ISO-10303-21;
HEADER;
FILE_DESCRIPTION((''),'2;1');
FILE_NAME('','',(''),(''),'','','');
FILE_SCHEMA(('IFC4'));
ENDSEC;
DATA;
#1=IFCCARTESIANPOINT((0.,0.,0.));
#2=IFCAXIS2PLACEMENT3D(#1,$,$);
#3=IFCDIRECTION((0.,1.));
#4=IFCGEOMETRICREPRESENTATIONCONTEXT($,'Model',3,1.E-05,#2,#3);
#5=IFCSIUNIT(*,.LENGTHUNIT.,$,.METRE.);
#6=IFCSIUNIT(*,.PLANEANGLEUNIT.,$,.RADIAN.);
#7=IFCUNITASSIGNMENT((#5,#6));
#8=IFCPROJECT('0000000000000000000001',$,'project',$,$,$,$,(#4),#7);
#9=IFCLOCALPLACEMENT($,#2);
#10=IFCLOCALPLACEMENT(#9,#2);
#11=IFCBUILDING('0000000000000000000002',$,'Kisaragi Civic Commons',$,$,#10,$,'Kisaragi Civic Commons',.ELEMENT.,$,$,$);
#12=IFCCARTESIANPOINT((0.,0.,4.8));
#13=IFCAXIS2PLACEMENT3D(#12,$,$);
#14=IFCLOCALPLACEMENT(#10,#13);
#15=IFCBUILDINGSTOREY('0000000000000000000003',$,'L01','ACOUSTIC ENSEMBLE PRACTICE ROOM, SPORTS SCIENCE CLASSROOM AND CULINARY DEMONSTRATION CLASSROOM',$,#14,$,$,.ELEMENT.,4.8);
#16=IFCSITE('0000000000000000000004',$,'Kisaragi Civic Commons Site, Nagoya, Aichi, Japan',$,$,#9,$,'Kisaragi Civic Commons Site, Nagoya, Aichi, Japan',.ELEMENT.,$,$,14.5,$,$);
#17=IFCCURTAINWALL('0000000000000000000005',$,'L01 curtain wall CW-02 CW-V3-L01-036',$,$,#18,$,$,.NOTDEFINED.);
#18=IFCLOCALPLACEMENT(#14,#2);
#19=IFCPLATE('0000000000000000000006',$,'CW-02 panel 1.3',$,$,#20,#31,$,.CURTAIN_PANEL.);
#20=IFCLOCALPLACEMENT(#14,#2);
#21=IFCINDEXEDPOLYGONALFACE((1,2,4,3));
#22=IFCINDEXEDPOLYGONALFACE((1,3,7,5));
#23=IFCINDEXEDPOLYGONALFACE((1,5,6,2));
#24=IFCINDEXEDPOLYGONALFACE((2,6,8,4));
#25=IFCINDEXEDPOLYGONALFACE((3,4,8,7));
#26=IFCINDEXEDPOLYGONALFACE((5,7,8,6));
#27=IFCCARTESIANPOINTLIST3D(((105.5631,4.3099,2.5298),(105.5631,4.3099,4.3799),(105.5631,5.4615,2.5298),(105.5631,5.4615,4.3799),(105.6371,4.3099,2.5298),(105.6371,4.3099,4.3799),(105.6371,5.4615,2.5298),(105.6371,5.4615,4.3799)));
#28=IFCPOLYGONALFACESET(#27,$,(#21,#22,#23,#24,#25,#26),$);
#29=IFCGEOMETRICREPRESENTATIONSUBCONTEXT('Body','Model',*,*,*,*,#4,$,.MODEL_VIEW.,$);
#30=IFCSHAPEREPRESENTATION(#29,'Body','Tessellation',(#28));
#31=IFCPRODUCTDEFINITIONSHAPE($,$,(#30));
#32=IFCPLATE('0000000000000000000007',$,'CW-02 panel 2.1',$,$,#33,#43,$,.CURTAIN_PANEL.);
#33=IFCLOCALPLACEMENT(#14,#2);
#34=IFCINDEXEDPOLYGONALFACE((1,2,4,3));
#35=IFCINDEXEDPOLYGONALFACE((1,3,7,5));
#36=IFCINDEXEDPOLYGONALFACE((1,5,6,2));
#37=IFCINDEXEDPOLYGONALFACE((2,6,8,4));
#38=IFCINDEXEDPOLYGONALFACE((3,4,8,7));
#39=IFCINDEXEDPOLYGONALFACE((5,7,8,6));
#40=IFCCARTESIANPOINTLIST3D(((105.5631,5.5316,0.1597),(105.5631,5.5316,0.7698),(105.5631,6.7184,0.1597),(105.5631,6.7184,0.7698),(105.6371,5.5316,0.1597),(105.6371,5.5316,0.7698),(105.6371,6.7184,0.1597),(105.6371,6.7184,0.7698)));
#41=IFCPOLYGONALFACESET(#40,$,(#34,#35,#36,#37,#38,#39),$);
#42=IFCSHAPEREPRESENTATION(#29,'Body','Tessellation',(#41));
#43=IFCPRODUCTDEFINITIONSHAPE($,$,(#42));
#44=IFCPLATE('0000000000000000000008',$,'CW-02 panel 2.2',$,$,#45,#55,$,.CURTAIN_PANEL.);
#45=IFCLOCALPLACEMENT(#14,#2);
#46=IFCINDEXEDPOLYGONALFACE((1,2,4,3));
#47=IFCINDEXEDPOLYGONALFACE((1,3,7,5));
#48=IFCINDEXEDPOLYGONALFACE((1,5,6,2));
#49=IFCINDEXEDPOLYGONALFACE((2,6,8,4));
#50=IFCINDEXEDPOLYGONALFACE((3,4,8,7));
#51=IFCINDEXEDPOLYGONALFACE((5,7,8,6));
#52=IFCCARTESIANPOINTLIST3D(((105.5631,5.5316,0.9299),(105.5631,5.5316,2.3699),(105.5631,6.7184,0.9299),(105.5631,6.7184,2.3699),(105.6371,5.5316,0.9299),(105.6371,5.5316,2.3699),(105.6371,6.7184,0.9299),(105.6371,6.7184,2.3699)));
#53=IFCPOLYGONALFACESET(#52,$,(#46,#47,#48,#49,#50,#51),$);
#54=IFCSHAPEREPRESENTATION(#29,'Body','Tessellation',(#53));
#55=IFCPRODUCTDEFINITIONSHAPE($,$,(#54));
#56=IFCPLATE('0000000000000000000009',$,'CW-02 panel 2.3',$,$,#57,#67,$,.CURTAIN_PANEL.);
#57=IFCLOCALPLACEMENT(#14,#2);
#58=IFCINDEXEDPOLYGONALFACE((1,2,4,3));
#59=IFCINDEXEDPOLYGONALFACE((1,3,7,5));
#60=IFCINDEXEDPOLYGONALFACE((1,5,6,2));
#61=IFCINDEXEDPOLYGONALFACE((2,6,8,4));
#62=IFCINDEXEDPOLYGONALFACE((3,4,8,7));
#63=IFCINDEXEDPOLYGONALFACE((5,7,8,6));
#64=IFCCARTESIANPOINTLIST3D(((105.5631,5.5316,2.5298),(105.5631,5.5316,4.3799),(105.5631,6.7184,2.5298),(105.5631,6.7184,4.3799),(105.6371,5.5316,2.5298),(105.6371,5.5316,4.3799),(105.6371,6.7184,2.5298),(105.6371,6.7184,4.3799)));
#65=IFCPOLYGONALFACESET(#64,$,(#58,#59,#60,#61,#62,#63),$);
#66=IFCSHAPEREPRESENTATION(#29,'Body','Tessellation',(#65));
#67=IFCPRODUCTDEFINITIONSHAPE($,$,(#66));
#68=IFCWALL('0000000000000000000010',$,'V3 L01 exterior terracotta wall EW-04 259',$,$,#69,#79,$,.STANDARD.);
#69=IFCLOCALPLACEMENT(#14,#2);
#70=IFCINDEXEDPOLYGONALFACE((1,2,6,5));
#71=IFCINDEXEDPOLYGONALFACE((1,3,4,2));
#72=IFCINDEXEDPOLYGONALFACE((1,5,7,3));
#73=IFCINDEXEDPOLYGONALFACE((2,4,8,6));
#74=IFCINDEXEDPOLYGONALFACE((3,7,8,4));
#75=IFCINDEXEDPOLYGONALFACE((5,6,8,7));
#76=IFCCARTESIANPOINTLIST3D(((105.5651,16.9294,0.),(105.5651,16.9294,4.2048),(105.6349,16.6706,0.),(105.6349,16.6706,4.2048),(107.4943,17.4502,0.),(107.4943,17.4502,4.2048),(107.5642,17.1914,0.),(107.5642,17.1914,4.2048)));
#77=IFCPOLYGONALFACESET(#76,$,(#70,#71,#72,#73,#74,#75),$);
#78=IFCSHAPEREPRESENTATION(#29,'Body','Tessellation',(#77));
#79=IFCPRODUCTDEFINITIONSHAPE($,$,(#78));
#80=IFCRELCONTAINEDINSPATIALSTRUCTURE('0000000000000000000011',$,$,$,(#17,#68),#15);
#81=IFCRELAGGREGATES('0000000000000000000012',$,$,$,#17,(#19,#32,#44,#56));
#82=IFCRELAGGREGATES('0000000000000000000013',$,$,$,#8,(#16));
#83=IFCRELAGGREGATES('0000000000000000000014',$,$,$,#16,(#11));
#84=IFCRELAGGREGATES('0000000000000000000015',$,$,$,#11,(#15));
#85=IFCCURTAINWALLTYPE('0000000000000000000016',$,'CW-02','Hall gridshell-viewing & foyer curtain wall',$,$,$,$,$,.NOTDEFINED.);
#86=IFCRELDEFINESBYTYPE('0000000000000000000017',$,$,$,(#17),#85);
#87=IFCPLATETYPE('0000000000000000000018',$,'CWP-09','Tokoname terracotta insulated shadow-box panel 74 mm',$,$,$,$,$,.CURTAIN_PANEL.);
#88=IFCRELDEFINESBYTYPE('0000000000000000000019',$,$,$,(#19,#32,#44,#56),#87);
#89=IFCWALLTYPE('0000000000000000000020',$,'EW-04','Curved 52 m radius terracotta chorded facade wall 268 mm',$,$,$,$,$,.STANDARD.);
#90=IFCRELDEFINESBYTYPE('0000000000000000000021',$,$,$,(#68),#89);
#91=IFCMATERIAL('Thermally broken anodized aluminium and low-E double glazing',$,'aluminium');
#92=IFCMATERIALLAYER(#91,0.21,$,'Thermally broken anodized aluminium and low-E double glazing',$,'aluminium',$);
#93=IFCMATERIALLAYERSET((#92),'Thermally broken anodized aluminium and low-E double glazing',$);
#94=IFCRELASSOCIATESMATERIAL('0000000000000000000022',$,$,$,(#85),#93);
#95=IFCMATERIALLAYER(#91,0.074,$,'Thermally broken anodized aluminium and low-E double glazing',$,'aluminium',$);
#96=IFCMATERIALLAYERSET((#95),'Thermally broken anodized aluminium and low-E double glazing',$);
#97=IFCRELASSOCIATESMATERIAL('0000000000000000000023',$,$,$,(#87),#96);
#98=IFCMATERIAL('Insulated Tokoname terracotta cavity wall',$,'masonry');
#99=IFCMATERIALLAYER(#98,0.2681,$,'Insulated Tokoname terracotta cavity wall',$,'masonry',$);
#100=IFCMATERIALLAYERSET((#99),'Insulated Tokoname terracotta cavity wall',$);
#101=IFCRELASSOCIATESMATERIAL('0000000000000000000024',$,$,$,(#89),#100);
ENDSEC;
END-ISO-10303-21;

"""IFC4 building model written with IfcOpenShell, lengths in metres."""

from ifc_helpers import new_model, si_unit, direction, frame, frame_2d, origin, origin_2d, place, context, subcontext, project, spatial, rectangle, extrude, material, layer, layer_set, type_object, element, aggregate, save


model = new_model("IFC4")

# Units and contexts
model_context = context("Model", 3, precision=1e-05, world=origin(), true_north=direction((0.0, 1.0)))
body_context = subcontext(model_context, "Body", "Model", "MODEL_VIEW")
ifc_project = project(units=[si_unit("LENGTHUNIT", "METRE"), si_unit("PLANEANGLEUNIT", "RADIAN")], contexts=[model_context])

# Site, building, storey
site_placement = place(None, origin())
site = spatial("IfcSite", under=ifc_project, at=site_placement, Name="Kisaragi Civic Commons Site, Nagoya, Aichi, Japan", LongName="Kisaragi Civic Commons Site, Nagoya, Aichi, Japan", CompositionType="ELEMENT", RefElevation=14.5)
building_placement = place(site_placement, origin())
building = spatial("IfcBuilding", under=site, at=building_placement, Name="Kisaragi Civic Commons", LongName="Kisaragi Civic Commons", CompositionType="ELEMENT")
storey_placement = place(building_placement, frame((0.0, 0.0, 4.8)))
storey = spatial("IfcBuildingStorey", under=building, at=storey_placement, Name="L01", Description="ACOUSTIC ENSEMBLE PRACTICE ROOM, SPORTS SCIENCE CLASSROOM AND CULINARY DEMONSTRATION CLASSROOM", CompositionType="ELEMENT", Elevation=4.8)

# Curtain wall
ifc_material_1 = material(Name="Thermally broken anodized aluminium and low-E double glazing", Category="aluminium")
ifc_layer_1 = layer(ifc_material_1, 0.21, Name="Thermally broken anodized aluminium and low-E double glazing", Category="aluminium")
ifc_layer_set_1 = layer_set([ifc_layer_1], Name="Thermally broken anodized aluminium and low-E double glazing")
curtain_wall_type = type_object("IfcCurtainWallType", Name="CW-02", Description="Hall gridshell-viewing & foyer curtain wall", PredefinedType="NOTDEFINED", material=ifc_layer_set_1)
curtain_wall_placement = place(storey_placement, origin())
curtain_wall = element("IfcCurtainWall", 1, at=curtain_wall_placement, inside=storey, type_object=curtain_wall_type, Name="L01 curtain wall CW-02 CW-V3-L01-036", PredefinedType="NOTDEFINED")

# Plates
ifc_layer_2 = layer(ifc_material_1, 0.074, Name="Thermally broken anodized aluminium and low-E double glazing", Category="aluminium")
ifc_layer_set_2 = layer_set([ifc_layer_2], Name="Thermally broken anodized aluminium and low-E double glazing")
plate_type = type_object("IfcPlateType", Name="CWP-09", Description="Tokoname terracotta insulated shadow-box panel 74 mm", PredefinedType="CURTAIN_PANEL", material=ifc_layer_set_2)
plate_1_placement = place(storey_placement, frame((105.6001, 4.8857, 2.5298), z_axis=(0.0, 0.0, 1.0), x_axis=(0.0, 1.0, 0.0)))
plate_1 = element("IfcPlate", 2, at=plate_1_placement, type_object=plate_type, Name="CW-02 panel 1.3", PredefinedType="CURTAIN_PANEL", context=body_context, shape_type="SweptSolid", body=[
    extrude(rectangle(XDim=1.1516, YDim=0.074, at=origin_2d()), origin(), (0.0, 0.0, 1.0), 1.8501),
])
plate_2_placement = place(storey_placement, frame((105.6001, 6.125, 0.1597), z_axis=(0.0, 0.0, 1.0), x_axis=(0.0, 1.0, 0.0)))
plate_2 = element("IfcPlate", 3, at=plate_2_placement, type_object=plate_type, Name="CW-02 panel 2.1", PredefinedType="CURTAIN_PANEL", context=body_context, shape_type="SweptSolid", body=[
    extrude(rectangle(XDim=1.1868, YDim=0.074, at=origin_2d()), origin(), (0.0, 0.0, 1.0), 0.6101),
])
plate_3_placement = place(storey_placement, frame((105.6001, 6.125, 0.9299), z_axis=(0.0, 0.0, 1.0), x_axis=(0.0, 1.0, 0.0)))
plate_3 = element("IfcPlate", 4, at=plate_3_placement, type_object=plate_type, Name="CW-02 panel 2.2", PredefinedType="CURTAIN_PANEL", context=body_context, shape_type="SweptSolid", body=[
    extrude(rectangle(XDim=1.1868, YDim=0.074, at=origin_2d()), origin(), (0.0, 0.0, 1.0), 1.4399),
])
plate_4_placement = place(storey_placement, frame((105.6001, 6.125, 2.5298), z_axis=(0.0, 0.0, 1.0), x_axis=(0.0, 1.0, 0.0)))
plate_4 = element("IfcPlate", 5, at=plate_4_placement, type_object=plate_type, Name="CW-02 panel 2.3", PredefinedType="CURTAIN_PANEL", context=body_context, shape_type="SweptSolid", body=[
    extrude(rectangle(XDim=1.1868, YDim=0.074, at=origin_2d()), origin(), (0.0, 0.0, 1.0), 1.8501),
])
aggregate(curtain_wall, [plate_1, plate_2, plate_3, plate_4])

# Wall
ifc_material_2 = material(Name="Insulated Tokoname terracotta cavity wall", Category="masonry")
ifc_layer_3 = layer(ifc_material_2, 0.2681, Name="Insulated Tokoname terracotta cavity wall", Category="masonry")
ifc_layer_set_3 = layer_set([ifc_layer_3], Name="Insulated Tokoname terracotta cavity wall")
wall_type = type_object("IfcWallType", Name="EW-04", Description="Curved 52 m radius terracotta chorded facade wall 268 mm", PredefinedType="STANDARD", material=ifc_layer_set_3)
wall_placement = place(storey_placement, frame((105.6001, 16.8, 0.0), z_axis=(0.0, 0.0, 1.0), x_axis=(0.965446, 0.260604, 0.0)))
element("IfcWall", 6, at=wall_placement, inside=storey, type_object=wall_type, Name="V3 L01 exterior terracotta wall EW-04 259", PredefinedType="STANDARD", context=body_context, shape_type="SweptSolid", body=[
    extrude(rectangle(XDim=1.9983, YDim=0.2681, at=frame_2d((0.999, 0.0))), origin(), (0.0, 0.0, 1.0), 4.2048),
])

save(model, "model.ifc")
